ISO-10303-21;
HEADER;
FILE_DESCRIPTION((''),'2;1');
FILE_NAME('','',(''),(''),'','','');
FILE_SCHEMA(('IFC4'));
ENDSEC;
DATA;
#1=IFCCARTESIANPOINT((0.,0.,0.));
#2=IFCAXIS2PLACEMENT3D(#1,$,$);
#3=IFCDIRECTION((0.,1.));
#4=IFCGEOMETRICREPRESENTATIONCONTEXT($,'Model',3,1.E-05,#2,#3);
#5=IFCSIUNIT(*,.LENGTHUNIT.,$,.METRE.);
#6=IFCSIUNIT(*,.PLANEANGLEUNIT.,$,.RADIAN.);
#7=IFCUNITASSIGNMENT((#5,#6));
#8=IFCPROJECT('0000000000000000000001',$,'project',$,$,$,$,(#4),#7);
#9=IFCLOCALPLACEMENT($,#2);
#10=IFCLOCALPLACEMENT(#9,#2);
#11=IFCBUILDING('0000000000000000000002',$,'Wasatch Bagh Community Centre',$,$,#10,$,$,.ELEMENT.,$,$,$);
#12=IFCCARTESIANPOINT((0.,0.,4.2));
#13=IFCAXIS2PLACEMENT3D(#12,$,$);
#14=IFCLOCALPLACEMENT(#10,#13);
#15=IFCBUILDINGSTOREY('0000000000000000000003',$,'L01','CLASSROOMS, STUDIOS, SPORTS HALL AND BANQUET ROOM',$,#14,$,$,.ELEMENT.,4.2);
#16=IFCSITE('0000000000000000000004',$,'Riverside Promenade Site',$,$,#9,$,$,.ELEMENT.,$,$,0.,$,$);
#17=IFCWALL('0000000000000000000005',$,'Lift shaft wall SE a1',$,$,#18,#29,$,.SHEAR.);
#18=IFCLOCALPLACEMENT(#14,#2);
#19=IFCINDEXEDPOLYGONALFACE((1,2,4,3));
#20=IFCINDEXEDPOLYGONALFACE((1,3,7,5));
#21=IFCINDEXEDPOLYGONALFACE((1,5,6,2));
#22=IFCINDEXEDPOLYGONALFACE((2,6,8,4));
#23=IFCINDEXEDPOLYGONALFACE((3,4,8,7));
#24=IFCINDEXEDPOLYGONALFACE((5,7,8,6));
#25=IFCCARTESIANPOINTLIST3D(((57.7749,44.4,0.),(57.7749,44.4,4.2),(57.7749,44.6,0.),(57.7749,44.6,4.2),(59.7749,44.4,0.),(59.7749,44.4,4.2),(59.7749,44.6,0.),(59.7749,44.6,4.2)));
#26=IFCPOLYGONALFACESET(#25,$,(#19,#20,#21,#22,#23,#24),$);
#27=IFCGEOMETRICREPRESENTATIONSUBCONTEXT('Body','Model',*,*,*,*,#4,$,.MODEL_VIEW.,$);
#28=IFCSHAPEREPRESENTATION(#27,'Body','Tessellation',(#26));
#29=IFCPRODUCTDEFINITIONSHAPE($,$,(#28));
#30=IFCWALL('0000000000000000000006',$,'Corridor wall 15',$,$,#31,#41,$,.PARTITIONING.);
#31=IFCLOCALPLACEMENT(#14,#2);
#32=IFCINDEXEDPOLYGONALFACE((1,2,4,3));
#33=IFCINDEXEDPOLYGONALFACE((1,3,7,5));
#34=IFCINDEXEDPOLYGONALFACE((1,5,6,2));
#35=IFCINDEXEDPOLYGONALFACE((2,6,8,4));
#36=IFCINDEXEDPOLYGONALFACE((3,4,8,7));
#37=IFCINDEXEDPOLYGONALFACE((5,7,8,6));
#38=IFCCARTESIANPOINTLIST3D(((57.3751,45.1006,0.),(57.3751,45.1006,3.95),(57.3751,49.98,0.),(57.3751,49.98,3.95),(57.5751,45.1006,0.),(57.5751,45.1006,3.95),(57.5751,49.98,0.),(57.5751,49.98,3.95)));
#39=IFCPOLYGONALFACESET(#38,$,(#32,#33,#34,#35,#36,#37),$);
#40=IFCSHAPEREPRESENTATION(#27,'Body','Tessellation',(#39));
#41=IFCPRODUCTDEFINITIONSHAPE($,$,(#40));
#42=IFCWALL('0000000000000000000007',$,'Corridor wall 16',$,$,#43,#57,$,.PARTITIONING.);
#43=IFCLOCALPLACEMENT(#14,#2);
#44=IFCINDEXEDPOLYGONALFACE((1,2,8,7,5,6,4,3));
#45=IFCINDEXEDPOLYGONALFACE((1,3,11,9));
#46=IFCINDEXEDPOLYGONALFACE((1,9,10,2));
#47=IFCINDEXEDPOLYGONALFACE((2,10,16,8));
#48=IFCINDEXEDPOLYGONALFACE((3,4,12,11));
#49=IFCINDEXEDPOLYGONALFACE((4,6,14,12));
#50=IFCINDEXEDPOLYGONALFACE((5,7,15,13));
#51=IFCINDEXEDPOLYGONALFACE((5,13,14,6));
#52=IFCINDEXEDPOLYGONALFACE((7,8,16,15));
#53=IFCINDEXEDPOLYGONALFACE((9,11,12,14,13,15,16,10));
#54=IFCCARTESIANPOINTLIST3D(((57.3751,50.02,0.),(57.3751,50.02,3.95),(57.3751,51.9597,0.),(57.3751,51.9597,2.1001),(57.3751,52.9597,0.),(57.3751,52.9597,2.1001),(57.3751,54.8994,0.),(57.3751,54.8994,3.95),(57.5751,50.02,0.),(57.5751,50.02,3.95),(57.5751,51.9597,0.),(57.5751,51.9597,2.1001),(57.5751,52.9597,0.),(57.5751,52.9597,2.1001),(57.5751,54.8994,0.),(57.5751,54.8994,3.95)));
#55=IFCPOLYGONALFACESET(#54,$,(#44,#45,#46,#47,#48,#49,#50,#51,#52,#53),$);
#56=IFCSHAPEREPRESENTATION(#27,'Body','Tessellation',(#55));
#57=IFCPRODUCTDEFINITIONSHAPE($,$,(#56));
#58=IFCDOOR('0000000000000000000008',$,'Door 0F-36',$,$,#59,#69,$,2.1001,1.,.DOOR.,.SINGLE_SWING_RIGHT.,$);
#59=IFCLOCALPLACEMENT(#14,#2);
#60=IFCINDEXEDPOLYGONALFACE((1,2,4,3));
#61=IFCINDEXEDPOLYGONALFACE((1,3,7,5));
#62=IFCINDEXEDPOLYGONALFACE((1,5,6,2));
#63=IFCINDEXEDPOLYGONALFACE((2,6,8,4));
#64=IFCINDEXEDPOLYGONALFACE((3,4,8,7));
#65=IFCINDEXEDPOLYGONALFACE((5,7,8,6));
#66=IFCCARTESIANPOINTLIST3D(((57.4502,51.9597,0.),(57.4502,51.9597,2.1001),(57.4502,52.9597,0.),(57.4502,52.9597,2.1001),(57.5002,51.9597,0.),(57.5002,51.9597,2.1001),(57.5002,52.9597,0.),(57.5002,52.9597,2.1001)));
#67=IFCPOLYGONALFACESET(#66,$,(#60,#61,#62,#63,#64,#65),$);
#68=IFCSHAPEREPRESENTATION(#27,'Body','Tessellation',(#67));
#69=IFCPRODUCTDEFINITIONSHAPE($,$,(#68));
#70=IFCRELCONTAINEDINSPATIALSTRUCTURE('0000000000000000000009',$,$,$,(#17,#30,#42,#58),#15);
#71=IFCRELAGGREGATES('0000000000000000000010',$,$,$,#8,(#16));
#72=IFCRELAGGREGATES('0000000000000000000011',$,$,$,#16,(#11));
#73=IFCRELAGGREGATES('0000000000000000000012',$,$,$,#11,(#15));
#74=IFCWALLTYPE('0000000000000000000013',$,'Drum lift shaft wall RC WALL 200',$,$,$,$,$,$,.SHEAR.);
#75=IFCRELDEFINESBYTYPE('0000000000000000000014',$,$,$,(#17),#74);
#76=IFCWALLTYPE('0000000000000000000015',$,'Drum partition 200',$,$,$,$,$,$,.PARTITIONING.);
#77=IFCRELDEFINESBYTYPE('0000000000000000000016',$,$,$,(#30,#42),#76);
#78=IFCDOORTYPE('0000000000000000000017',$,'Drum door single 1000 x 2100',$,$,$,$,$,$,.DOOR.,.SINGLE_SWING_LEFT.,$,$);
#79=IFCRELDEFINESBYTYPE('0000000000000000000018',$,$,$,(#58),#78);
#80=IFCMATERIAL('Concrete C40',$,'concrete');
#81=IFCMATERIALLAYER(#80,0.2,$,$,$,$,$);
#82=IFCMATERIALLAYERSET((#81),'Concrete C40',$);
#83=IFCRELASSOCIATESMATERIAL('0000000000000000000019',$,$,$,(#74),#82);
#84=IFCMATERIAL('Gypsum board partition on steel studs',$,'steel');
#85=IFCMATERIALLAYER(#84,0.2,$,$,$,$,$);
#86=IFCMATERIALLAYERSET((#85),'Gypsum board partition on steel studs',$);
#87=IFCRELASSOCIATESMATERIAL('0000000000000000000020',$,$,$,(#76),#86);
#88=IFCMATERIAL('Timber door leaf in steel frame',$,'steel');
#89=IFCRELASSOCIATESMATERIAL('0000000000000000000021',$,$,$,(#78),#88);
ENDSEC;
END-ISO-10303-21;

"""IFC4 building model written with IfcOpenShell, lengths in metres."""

from ifc_helpers import new_model, si_unit, direction, frame, frame_2d, origin, place, context, subcontext, project, spatial, rectangle, extrude, material, layer, layer_set, type_object, element, fill, save


model = new_model("IFC4")

# Units and contexts
model_context = context("Model", 3, precision=1e-05, world=origin(), true_north=direction((0.0, 1.0)))
body_context = subcontext(model_context, "Body", "Model", "MODEL_VIEW")
ifc_project = project(units=[si_unit("LENGTHUNIT", "METRE"), si_unit("PLANEANGLEUNIT", "RADIAN")], contexts=[model_context])

# Site, building, storey
site_placement = place(None, origin())
site = spatial("IfcSite", under=ifc_project, at=site_placement, Name="Riverside Promenade Site", CompositionType="ELEMENT", RefElevation=0.0)
building_placement = place(site_placement, origin())
building = spatial("IfcBuilding", under=site, at=building_placement, Name="Wasatch Bagh Community Centre", CompositionType="ELEMENT")
storey_placement = place(building_placement, frame((0.0, 0.0, 4.2)))
storey = spatial("IfcBuildingStorey", under=building, at=storey_placement, Name="L01", Description="CLASSROOMS, STUDIOS, SPORTS HALL AND BANQUET ROOM", CompositionType="ELEMENT", Elevation=4.2)

# Shared definitions
ifc_material_1 = material(Name="Concrete C40", Category="concrete")
ifc_layer_1 = layer(ifc_material_1, 0.2)
ifc_layer_set_1 = layer_set([ifc_layer_1], Name="Concrete C40")
wall_type_1 = type_object("IfcWallType", Name="Drum lift shaft wall RC WALL 200", PredefinedType="SHEAR", material=ifc_layer_set_1)

# Walls
for number, where, z_axis, x_axis, name in (
    (1, (57.7749, 44.5, 0.0), (0.0, 0.0, 1.0), (1.0, 0.0, 0.0), "Lift shaft wall SE a1"),
):
    element("IfcWall", number, at=place(storey_placement, frame(where, z_axis=z_axis, x_axis=x_axis)), inside=storey, type_object=wall_type_1, Name=name, PredefinedType="SHEAR", context=body_context, shape_type="SweptSolid", body=[
        extrude(rectangle(XDim=2.0, YDim=0.2, at=frame_2d((1.0, 0.0))), origin(), (0.0, 0.0, 1.0), 4.2),
    ])
ifc_material_2 = material(Name="Gypsum board partition on steel studs", Category="steel")
ifc_layer_2 = layer(ifc_material_2, 0.2)
ifc_layer_set_2 = layer_set([ifc_layer_2], Name="Gypsum board partition on steel studs")
wall_type_2 = type_object("IfcWallType", Name="Drum partition 200", PredefinedType="PARTITIONING", material=ifc_layer_set_2)
wall_1_placement = place(storey_placement, frame((57.4751, 45.1006, 0.0), z_axis=(0.0, 0.0, 1.0), x_axis=(0.0, 1.0, 0.0)))
element("IfcWall", 2, at=wall_1_placement, inside=storey, type_object=wall_type_2, Name="Corridor wall 15", PredefinedType="PARTITIONING", context=body_context, shape_type="SweptSolid", body=[
    extrude(rectangle(XDim=4.8794, YDim=0.2, at=frame_2d((2.4397, 0.0))), origin(), (0.0, 0.0, 1.0), 3.95),
])

# Wall, opening, door
wall_2_placement = place(storey_placement, frame((57.4751, 50.02, 0.0), z_axis=(0.0, 0.0, 1.0), x_axis=(0.0, 1.0, 0.0)))
wall_2 = element("IfcWall", 3, at=wall_2_placement, inside=storey, type_object=wall_type_2, Name="Corridor wall 16", PredefinedType="PARTITIONING", context=body_context, shape_type="SweptSolid", body=[
    extrude(rectangle(XDim=4.8794, YDim=0.2, at=frame_2d((2.4397, 0.0))), origin(), (0.0, 0.0, 1.0), 3.95),
])
opening_1_placement = place(wall_2_placement, frame((1.9397, 0.0, 0.0)))
opening_1 = element("IfcOpeningElement", 4, at=opening_1_placement, cuts=wall_2, PredefinedType="OPENING", context=body_context, shape_type="SweptSolid", body=[
    extrude(rectangle(XDim=1.0, YDim=2.1001, at=frame_2d((0.5, 1.05))), frame((0.0, 0.1099, 0.0), z_axis=(0.0, -1.0, 0.0), x_axis=(1.0, 0.0, 0.0)), (0.0, 0.0, 1.0), 0.22),
])
ifc_material_3 = material(Name="Timber door leaf in steel frame", Category="steel")
door_type_1 = type_object("IfcDoorType", Name="Drum door single 1000 x 2100", OperationType="SINGLE_SWING_LEFT", PredefinedType="DOOR", material=ifc_material_3)
door_1_placement = place(opening_1_placement, origin())
door_1 = element("IfcDoor", 5, at=door_1_placement, inside=storey, type_object=door_type_1, Name="Door 0F-36", OperationType="SINGLE_SWING_RIGHT", OverallHeight=2.1001, OverallWidth=1.0, PredefinedType="DOOR", context=body_context, shape_type="SweptSolid", body=[
    extrude(rectangle(XDim=1.0, YDim=2.1001, at=frame_2d((0.5, 1.05))), frame((0.0, 0.0249, 0.0), z_axis=(0.0, -1.0, 0.0), x_axis=(1.0, 0.0, 0.0)), (0.0, 0.0, 1.0), 0.05),
])
fill(opening_1, door_1)

save(model, "model.ifc")
